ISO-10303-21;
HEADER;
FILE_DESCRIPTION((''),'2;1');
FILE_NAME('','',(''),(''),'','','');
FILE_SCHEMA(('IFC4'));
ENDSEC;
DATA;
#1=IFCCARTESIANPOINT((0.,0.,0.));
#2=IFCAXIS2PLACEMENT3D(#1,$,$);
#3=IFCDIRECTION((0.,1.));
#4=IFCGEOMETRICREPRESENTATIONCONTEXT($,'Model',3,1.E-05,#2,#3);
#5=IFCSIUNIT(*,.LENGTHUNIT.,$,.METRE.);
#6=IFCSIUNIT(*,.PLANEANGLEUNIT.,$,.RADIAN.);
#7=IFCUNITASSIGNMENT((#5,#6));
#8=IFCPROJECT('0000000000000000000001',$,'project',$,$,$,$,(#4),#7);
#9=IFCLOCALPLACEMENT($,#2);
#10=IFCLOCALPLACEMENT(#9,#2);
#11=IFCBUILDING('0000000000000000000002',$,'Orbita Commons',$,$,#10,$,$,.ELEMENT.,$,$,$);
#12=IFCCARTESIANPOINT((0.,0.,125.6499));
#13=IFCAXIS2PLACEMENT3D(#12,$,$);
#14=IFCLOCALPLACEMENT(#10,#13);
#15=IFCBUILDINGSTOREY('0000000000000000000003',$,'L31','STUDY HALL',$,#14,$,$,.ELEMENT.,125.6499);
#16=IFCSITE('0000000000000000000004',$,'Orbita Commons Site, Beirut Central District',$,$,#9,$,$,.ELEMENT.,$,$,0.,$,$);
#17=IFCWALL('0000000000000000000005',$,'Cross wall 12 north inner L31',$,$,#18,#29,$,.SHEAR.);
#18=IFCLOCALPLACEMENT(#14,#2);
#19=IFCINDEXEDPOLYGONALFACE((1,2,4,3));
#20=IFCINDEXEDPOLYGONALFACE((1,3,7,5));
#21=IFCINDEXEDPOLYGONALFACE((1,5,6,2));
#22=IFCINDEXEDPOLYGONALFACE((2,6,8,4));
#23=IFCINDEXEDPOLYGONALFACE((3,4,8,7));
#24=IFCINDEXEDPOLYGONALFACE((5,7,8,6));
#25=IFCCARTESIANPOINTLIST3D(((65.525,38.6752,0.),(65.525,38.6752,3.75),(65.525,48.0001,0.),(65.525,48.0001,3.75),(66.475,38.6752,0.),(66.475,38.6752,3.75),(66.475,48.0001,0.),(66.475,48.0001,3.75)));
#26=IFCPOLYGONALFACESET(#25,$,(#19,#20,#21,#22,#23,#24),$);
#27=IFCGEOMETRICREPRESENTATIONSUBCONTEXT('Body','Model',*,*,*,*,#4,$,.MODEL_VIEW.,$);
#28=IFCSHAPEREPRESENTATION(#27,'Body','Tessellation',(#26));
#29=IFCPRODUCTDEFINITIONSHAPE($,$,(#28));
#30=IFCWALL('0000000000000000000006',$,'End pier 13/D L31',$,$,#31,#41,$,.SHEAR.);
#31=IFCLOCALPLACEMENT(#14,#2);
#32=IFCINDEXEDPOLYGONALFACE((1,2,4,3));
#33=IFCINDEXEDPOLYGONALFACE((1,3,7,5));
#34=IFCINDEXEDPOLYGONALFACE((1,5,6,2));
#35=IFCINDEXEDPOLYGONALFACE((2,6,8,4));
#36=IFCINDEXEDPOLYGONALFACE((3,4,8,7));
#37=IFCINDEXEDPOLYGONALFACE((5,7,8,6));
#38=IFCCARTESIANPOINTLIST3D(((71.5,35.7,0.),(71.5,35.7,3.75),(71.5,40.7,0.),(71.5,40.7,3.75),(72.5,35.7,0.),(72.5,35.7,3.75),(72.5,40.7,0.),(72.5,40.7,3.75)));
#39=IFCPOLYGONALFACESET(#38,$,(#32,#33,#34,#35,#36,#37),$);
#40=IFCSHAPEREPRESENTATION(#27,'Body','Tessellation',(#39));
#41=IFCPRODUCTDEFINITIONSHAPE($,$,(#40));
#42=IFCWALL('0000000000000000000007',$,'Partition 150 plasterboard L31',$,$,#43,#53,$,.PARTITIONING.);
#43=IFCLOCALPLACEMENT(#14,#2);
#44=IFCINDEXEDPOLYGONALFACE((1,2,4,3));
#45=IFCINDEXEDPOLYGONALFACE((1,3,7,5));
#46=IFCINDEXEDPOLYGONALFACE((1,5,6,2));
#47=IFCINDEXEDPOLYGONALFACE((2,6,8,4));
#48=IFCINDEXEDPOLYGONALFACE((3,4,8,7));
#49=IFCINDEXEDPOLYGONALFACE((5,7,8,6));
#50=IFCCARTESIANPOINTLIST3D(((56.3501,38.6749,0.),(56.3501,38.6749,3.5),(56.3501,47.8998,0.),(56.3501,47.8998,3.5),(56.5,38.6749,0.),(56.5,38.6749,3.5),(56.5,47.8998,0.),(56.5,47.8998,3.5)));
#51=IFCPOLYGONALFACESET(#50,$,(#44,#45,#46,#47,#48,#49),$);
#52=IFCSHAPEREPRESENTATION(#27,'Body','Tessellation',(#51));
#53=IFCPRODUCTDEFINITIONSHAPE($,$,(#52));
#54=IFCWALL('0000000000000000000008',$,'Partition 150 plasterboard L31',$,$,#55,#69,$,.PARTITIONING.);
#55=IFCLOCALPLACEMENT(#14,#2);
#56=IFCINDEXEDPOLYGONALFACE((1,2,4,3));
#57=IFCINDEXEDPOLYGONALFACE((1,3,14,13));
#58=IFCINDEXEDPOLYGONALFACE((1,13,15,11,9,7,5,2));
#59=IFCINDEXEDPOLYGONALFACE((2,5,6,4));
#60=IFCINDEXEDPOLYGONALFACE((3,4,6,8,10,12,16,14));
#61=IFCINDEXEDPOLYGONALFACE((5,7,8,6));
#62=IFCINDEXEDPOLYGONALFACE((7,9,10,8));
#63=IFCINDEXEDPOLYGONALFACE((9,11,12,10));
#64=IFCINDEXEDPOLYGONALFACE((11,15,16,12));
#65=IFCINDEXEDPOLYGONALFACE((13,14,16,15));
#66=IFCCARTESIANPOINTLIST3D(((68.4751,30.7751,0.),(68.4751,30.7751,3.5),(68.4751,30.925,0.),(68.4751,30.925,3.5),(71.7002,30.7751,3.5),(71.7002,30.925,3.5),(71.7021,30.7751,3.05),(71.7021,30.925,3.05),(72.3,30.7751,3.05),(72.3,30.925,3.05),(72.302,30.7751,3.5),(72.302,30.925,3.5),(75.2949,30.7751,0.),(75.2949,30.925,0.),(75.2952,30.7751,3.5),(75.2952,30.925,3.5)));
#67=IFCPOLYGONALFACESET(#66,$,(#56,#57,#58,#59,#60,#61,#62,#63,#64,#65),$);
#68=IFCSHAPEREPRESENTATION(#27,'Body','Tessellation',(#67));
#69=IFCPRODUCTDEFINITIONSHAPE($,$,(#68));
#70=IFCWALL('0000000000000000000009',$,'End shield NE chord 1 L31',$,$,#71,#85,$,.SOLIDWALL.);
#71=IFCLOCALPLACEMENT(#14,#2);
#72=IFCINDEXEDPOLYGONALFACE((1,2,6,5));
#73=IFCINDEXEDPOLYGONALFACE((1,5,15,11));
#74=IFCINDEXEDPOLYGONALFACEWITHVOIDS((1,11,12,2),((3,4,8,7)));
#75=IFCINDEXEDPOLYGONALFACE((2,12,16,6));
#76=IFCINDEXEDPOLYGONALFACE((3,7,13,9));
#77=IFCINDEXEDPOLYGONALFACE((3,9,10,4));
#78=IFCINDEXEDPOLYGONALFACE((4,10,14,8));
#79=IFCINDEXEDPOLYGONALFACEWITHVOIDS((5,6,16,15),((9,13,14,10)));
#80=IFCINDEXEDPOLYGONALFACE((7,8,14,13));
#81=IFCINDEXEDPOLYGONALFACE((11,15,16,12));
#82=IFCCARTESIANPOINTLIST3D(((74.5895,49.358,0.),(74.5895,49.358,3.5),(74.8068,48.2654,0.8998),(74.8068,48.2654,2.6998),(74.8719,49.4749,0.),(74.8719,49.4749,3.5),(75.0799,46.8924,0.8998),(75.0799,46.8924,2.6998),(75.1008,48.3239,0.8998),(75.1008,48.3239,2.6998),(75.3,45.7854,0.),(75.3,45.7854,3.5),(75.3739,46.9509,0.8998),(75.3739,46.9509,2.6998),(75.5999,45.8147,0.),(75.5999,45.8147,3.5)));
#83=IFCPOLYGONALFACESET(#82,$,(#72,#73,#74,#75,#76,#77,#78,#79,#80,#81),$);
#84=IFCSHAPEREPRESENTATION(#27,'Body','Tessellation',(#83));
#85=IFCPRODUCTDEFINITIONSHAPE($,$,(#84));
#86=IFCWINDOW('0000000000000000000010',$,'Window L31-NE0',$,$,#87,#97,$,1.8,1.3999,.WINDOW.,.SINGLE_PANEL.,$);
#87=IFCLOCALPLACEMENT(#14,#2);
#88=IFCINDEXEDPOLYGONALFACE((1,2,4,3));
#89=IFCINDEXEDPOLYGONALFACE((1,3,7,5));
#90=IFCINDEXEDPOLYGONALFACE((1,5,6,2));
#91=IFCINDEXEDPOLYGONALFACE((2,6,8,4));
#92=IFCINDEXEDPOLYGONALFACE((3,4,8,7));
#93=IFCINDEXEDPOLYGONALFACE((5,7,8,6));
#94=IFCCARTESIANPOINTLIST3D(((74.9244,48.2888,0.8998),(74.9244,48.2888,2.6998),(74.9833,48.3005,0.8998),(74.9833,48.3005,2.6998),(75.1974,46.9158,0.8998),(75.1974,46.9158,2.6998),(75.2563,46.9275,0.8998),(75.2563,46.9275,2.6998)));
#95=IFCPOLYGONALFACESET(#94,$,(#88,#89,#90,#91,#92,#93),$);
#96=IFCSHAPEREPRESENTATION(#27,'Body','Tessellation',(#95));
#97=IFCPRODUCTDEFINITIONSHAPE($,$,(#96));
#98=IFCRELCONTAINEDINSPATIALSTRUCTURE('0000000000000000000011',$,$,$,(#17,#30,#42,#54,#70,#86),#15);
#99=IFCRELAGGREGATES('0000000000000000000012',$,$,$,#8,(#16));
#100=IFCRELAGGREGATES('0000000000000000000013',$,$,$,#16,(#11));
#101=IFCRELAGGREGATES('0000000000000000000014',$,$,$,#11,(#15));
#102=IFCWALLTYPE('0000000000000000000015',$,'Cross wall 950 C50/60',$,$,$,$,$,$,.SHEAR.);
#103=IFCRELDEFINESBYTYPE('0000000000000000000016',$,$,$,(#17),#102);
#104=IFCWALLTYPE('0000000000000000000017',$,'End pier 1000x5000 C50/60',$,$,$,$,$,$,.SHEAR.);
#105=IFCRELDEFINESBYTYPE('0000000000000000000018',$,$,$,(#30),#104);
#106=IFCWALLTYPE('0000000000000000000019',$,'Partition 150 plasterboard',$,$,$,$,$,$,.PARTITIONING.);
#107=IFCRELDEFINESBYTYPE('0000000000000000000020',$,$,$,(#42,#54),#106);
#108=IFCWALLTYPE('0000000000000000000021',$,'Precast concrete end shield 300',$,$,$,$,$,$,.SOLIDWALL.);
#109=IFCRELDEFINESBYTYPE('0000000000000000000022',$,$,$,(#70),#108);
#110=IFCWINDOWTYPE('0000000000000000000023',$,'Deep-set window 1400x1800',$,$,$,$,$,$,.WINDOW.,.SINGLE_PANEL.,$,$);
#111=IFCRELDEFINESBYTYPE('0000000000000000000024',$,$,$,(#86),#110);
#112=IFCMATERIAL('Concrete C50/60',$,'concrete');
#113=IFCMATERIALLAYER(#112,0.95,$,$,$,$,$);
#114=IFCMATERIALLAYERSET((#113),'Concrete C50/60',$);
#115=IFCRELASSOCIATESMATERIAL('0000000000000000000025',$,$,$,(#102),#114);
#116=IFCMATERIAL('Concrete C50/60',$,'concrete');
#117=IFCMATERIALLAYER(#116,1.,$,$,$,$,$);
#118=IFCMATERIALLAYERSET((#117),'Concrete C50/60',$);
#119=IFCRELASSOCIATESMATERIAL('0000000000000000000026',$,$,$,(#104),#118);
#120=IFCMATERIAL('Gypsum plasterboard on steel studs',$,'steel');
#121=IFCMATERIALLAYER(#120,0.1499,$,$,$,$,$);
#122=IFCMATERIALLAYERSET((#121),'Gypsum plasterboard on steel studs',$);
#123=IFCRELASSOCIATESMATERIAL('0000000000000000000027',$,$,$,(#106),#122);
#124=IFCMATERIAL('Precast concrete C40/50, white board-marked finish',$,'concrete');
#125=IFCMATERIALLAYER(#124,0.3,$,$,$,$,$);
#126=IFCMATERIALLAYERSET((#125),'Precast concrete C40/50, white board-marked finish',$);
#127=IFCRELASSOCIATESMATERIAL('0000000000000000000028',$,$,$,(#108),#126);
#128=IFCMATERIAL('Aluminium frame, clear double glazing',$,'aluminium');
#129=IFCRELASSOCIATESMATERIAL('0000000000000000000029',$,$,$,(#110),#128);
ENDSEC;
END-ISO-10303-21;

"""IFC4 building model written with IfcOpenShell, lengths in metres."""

from ifc_helpers import new_model, si_unit, direction, frame, frame_2d, origin, place, context, subcontext, project, spatial, polyline, rectangle, outline, extrude, material, layer, layer_set, type_object, element, fill, save


model = new_model("IFC4")

# Units and contexts
model_context = context("Model", 3, precision=1e-05, world=origin(), true_north=direction((0.0, 1.0)))
body_context = subcontext(model_context, "Body", "Model", "MODEL_VIEW")
ifc_project = project(units=[si_unit("LENGTHUNIT", "METRE"), si_unit("PLANEANGLEUNIT", "RADIAN")], contexts=[model_context])

# Site, building, storey
site_placement = place(None, origin())
site = spatial("IfcSite", under=ifc_project, at=site_placement, Name="Orbita Commons Site, Beirut Central District", CompositionType="ELEMENT", RefElevation=0.0)
building_placement = place(site_placement, origin())
building = spatial("IfcBuilding", under=site, at=building_placement, Name="Orbita Commons", CompositionType="ELEMENT")
storey_placement = place(building_placement, frame((0.0, 0.0, 125.6499)))
storey = spatial("IfcBuildingStorey", under=building, at=storey_placement, Name="L31", Description="STUDY HALL", CompositionType="ELEMENT", Elevation=125.6499)

# Walls
ifc_material_1 = material(Name="Concrete C50/60", Category="concrete")
ifc_layer_1 = layer(ifc_material_1, 0.95)
ifc_layer_set_1 = layer_set([ifc_layer_1], Name="Concrete C50/60")
wall_type_1 = type_object("IfcWallType", Name="Cross wall 950 C50/60", PredefinedType="SHEAR", material=ifc_layer_set_1)
for number, where, z_axis, x_axis, name in (
    (1, (66.0, 38.675, 0.0), (0.0, 0.0, 1.0), (0.0, 1.0, 0.0), "Cross wall 12 north inner L31"),
):
    element("IfcWall", number, at=place(storey_placement, frame(where, z_axis=z_axis, x_axis=x_axis)), inside=storey, type_object=wall_type_1, Name=name, PredefinedType="SHEAR", context=body_context, shape_type="SweptSolid", body=[
        extrude(rectangle(XDim=9.325, YDim=0.95, at=frame_2d((4.6626, 0.0))), origin(), (0.0, 0.0, 1.0), 3.75),
    ])
ifc_material_2 = material(Name="Concrete C50/60", Category="concrete")
ifc_layer_2 = layer(ifc_material_2, 1.0)
ifc_layer_set_2 = layer_set([ifc_layer_2], Name="Concrete C50/60")
wall_type_2 = type_object("IfcWallType", Name="End pier 1000x5000 C50/60", PredefinedType="SHEAR", material=ifc_layer_set_2)
wall_1_placement = place(storey_placement, frame((72.0, 35.7, 0.0), z_axis=(0.0, 0.0, 1.0), x_axis=(0.0, 1.0, 0.0)))
element("IfcWall", 2, at=wall_1_placement, inside=storey, type_object=wall_type_2, Name="End pier 13/D L31", PredefinedType="SHEAR", context=body_context, shape_type="SweptSolid", body=[
    extrude(rectangle(XDim=5.0, YDim=1.0, at=frame_2d((2.5, 0.0))), origin(), (0.0, 0.0, 1.0), 3.75),
])
ifc_material_3 = material(Name="Gypsum plasterboard on steel studs", Category="steel")
ifc_layer_3 = layer(ifc_material_3, 0.1499)
ifc_layer_set_3 = layer_set([ifc_layer_3], Name="Gypsum plasterboard on steel studs")
wall_type_3 = type_object("IfcWallType", Name="Partition 150 plasterboard", PredefinedType="PARTITIONING", material=ifc_layer_set_3)
wall_2_placement = place(storey_placement, frame((56.425, 38.675, 0.0), z_axis=(0.0, 0.0, 1.0), x_axis=(0.0, 1.0, 0.0)))
element("IfcWall", 3, at=wall_2_placement, inside=storey, type_object=wall_type_3, Name="Partition 150 plasterboard L31", PredefinedType="PARTITIONING", context=body_context, shape_type="SweptSolid", body=[
    extrude(rectangle(XDim=9.2249, YDim=0.1499, at=frame_2d((4.6123, 0.0))), origin(), (0.0, 0.0, 1.0), 3.5),
])
wall_3_placement = place(storey_placement, frame((68.4751, 30.8501, 0.0), z_axis=(0.0, 0.0, 1.0), x_axis=(1.0, 0.0, 0.0)))
element("IfcWall", 4, at=wall_3_placement, inside=storey, type_object=wall_type_3, Name="Partition 150 plasterboard L31", PredefinedType="PARTITIONING", context=body_context, shape_type="SweptSolid", body=[
    extrude(outline(polyline([(0.0, 0.0), (6.8198, 0.0), (6.8201, 3.5), (3.8269, 3.5), (3.825, 3.05), (3.2271, 3.05), (3.2251, 3.5), (0.0, 3.5), (0.0, 0.0)])), frame((0.0, 0.075, 0.0), z_axis=(0.0, -1.0, 0.0), x_axis=(1.0, 0.0, 0.0)), (0.0, 0.0, 1.0), 0.1499),
])

# Wall, opening, window
ifc_material_4 = material(Name="Precast concrete C40/50, white board-marked finish", Category="concrete")
ifc_layer_4 = layer(ifc_material_4, 0.3)
ifc_layer_set_4 = layer_set([ifc_layer_4], Name="Precast concrete C40/50, white board-marked finish")
wall_type_4 = type_object("IfcWallType", Name="Precast concrete end shield 300", PredefinedType="SOLIDWALL", material=ifc_layer_set_4)
wall_4_placement = place(storey_placement, frame((75.45, 45.8, 0.0), z_axis=(0.0, 0.0, 1.0), x_axis=(-0.195059, 0.980791, 0.0)))
wall_4 = element("IfcWall", 5, at=wall_4_placement, inside=storey, type_object=wall_type_4, Name="End shield NE chord 1 L31", PredefinedType="SOLIDWALL", context=body_context, shape_type="SweptSolid", body=[
    extrude(outline(polyline([(-0.0149, -0.1499), (3.717, -0.1499), (3.6575, 0.1499), (0.0149, 0.1499), (-0.0149, -0.1499)])), origin(), (0.0, 0.0, 1.0), 3.5),
])
opening_1_placement = place(wall_4_placement, frame((1.1436, 0.0, 0.8999)))
opening_1 = element("IfcOpeningElement", 6, at=opening_1_placement, cuts=wall_4, PredefinedType="OPENING", context=body_context, shape_type="SweptSolid", body=[
    extrude(rectangle(XDim=1.3999, YDim=1.8, at=frame_2d((0.7, 0.8999))), frame((0.0, 0.1599, 0.0), z_axis=(0.0, -1.0, 0.0), x_axis=(1.0, 0.0, 0.0)), (0.0, 0.0, 1.0), 0.3201),
])
ifc_material_5 = material(Name="Aluminium frame, clear double glazing", Category="aluminium")
window_type = type_object("IfcWindowType", Name="Deep-set window 1400x1800", PartitioningType="SINGLE_PANEL", PredefinedType="WINDOW", material=ifc_material_5)
window_placement = place(opening_1_placement, origin())
window = element("IfcWindow", 7, at=window_placement, inside=storey, type_object=window_type, Name="Window L31-NE0", OverallHeight=1.8, OverallWidth=1.3999, PartitioningType="SINGLE_PANEL", PredefinedType="WINDOW", context=body_context, shape_type="SweptSolid", body=[
    extrude(rectangle(XDim=1.3999, YDim=1.8, at=frame_2d((0.7, 0.8999))), frame((0.0, 0.03, 0.0), z_axis=(0.0, -1.0, 0.0), x_axis=(1.0, 0.0, 0.0)), (0.0, 0.0, 1.0), 0.0601),
])
fill(opening_1, window)

save(model, "model.ifc")
